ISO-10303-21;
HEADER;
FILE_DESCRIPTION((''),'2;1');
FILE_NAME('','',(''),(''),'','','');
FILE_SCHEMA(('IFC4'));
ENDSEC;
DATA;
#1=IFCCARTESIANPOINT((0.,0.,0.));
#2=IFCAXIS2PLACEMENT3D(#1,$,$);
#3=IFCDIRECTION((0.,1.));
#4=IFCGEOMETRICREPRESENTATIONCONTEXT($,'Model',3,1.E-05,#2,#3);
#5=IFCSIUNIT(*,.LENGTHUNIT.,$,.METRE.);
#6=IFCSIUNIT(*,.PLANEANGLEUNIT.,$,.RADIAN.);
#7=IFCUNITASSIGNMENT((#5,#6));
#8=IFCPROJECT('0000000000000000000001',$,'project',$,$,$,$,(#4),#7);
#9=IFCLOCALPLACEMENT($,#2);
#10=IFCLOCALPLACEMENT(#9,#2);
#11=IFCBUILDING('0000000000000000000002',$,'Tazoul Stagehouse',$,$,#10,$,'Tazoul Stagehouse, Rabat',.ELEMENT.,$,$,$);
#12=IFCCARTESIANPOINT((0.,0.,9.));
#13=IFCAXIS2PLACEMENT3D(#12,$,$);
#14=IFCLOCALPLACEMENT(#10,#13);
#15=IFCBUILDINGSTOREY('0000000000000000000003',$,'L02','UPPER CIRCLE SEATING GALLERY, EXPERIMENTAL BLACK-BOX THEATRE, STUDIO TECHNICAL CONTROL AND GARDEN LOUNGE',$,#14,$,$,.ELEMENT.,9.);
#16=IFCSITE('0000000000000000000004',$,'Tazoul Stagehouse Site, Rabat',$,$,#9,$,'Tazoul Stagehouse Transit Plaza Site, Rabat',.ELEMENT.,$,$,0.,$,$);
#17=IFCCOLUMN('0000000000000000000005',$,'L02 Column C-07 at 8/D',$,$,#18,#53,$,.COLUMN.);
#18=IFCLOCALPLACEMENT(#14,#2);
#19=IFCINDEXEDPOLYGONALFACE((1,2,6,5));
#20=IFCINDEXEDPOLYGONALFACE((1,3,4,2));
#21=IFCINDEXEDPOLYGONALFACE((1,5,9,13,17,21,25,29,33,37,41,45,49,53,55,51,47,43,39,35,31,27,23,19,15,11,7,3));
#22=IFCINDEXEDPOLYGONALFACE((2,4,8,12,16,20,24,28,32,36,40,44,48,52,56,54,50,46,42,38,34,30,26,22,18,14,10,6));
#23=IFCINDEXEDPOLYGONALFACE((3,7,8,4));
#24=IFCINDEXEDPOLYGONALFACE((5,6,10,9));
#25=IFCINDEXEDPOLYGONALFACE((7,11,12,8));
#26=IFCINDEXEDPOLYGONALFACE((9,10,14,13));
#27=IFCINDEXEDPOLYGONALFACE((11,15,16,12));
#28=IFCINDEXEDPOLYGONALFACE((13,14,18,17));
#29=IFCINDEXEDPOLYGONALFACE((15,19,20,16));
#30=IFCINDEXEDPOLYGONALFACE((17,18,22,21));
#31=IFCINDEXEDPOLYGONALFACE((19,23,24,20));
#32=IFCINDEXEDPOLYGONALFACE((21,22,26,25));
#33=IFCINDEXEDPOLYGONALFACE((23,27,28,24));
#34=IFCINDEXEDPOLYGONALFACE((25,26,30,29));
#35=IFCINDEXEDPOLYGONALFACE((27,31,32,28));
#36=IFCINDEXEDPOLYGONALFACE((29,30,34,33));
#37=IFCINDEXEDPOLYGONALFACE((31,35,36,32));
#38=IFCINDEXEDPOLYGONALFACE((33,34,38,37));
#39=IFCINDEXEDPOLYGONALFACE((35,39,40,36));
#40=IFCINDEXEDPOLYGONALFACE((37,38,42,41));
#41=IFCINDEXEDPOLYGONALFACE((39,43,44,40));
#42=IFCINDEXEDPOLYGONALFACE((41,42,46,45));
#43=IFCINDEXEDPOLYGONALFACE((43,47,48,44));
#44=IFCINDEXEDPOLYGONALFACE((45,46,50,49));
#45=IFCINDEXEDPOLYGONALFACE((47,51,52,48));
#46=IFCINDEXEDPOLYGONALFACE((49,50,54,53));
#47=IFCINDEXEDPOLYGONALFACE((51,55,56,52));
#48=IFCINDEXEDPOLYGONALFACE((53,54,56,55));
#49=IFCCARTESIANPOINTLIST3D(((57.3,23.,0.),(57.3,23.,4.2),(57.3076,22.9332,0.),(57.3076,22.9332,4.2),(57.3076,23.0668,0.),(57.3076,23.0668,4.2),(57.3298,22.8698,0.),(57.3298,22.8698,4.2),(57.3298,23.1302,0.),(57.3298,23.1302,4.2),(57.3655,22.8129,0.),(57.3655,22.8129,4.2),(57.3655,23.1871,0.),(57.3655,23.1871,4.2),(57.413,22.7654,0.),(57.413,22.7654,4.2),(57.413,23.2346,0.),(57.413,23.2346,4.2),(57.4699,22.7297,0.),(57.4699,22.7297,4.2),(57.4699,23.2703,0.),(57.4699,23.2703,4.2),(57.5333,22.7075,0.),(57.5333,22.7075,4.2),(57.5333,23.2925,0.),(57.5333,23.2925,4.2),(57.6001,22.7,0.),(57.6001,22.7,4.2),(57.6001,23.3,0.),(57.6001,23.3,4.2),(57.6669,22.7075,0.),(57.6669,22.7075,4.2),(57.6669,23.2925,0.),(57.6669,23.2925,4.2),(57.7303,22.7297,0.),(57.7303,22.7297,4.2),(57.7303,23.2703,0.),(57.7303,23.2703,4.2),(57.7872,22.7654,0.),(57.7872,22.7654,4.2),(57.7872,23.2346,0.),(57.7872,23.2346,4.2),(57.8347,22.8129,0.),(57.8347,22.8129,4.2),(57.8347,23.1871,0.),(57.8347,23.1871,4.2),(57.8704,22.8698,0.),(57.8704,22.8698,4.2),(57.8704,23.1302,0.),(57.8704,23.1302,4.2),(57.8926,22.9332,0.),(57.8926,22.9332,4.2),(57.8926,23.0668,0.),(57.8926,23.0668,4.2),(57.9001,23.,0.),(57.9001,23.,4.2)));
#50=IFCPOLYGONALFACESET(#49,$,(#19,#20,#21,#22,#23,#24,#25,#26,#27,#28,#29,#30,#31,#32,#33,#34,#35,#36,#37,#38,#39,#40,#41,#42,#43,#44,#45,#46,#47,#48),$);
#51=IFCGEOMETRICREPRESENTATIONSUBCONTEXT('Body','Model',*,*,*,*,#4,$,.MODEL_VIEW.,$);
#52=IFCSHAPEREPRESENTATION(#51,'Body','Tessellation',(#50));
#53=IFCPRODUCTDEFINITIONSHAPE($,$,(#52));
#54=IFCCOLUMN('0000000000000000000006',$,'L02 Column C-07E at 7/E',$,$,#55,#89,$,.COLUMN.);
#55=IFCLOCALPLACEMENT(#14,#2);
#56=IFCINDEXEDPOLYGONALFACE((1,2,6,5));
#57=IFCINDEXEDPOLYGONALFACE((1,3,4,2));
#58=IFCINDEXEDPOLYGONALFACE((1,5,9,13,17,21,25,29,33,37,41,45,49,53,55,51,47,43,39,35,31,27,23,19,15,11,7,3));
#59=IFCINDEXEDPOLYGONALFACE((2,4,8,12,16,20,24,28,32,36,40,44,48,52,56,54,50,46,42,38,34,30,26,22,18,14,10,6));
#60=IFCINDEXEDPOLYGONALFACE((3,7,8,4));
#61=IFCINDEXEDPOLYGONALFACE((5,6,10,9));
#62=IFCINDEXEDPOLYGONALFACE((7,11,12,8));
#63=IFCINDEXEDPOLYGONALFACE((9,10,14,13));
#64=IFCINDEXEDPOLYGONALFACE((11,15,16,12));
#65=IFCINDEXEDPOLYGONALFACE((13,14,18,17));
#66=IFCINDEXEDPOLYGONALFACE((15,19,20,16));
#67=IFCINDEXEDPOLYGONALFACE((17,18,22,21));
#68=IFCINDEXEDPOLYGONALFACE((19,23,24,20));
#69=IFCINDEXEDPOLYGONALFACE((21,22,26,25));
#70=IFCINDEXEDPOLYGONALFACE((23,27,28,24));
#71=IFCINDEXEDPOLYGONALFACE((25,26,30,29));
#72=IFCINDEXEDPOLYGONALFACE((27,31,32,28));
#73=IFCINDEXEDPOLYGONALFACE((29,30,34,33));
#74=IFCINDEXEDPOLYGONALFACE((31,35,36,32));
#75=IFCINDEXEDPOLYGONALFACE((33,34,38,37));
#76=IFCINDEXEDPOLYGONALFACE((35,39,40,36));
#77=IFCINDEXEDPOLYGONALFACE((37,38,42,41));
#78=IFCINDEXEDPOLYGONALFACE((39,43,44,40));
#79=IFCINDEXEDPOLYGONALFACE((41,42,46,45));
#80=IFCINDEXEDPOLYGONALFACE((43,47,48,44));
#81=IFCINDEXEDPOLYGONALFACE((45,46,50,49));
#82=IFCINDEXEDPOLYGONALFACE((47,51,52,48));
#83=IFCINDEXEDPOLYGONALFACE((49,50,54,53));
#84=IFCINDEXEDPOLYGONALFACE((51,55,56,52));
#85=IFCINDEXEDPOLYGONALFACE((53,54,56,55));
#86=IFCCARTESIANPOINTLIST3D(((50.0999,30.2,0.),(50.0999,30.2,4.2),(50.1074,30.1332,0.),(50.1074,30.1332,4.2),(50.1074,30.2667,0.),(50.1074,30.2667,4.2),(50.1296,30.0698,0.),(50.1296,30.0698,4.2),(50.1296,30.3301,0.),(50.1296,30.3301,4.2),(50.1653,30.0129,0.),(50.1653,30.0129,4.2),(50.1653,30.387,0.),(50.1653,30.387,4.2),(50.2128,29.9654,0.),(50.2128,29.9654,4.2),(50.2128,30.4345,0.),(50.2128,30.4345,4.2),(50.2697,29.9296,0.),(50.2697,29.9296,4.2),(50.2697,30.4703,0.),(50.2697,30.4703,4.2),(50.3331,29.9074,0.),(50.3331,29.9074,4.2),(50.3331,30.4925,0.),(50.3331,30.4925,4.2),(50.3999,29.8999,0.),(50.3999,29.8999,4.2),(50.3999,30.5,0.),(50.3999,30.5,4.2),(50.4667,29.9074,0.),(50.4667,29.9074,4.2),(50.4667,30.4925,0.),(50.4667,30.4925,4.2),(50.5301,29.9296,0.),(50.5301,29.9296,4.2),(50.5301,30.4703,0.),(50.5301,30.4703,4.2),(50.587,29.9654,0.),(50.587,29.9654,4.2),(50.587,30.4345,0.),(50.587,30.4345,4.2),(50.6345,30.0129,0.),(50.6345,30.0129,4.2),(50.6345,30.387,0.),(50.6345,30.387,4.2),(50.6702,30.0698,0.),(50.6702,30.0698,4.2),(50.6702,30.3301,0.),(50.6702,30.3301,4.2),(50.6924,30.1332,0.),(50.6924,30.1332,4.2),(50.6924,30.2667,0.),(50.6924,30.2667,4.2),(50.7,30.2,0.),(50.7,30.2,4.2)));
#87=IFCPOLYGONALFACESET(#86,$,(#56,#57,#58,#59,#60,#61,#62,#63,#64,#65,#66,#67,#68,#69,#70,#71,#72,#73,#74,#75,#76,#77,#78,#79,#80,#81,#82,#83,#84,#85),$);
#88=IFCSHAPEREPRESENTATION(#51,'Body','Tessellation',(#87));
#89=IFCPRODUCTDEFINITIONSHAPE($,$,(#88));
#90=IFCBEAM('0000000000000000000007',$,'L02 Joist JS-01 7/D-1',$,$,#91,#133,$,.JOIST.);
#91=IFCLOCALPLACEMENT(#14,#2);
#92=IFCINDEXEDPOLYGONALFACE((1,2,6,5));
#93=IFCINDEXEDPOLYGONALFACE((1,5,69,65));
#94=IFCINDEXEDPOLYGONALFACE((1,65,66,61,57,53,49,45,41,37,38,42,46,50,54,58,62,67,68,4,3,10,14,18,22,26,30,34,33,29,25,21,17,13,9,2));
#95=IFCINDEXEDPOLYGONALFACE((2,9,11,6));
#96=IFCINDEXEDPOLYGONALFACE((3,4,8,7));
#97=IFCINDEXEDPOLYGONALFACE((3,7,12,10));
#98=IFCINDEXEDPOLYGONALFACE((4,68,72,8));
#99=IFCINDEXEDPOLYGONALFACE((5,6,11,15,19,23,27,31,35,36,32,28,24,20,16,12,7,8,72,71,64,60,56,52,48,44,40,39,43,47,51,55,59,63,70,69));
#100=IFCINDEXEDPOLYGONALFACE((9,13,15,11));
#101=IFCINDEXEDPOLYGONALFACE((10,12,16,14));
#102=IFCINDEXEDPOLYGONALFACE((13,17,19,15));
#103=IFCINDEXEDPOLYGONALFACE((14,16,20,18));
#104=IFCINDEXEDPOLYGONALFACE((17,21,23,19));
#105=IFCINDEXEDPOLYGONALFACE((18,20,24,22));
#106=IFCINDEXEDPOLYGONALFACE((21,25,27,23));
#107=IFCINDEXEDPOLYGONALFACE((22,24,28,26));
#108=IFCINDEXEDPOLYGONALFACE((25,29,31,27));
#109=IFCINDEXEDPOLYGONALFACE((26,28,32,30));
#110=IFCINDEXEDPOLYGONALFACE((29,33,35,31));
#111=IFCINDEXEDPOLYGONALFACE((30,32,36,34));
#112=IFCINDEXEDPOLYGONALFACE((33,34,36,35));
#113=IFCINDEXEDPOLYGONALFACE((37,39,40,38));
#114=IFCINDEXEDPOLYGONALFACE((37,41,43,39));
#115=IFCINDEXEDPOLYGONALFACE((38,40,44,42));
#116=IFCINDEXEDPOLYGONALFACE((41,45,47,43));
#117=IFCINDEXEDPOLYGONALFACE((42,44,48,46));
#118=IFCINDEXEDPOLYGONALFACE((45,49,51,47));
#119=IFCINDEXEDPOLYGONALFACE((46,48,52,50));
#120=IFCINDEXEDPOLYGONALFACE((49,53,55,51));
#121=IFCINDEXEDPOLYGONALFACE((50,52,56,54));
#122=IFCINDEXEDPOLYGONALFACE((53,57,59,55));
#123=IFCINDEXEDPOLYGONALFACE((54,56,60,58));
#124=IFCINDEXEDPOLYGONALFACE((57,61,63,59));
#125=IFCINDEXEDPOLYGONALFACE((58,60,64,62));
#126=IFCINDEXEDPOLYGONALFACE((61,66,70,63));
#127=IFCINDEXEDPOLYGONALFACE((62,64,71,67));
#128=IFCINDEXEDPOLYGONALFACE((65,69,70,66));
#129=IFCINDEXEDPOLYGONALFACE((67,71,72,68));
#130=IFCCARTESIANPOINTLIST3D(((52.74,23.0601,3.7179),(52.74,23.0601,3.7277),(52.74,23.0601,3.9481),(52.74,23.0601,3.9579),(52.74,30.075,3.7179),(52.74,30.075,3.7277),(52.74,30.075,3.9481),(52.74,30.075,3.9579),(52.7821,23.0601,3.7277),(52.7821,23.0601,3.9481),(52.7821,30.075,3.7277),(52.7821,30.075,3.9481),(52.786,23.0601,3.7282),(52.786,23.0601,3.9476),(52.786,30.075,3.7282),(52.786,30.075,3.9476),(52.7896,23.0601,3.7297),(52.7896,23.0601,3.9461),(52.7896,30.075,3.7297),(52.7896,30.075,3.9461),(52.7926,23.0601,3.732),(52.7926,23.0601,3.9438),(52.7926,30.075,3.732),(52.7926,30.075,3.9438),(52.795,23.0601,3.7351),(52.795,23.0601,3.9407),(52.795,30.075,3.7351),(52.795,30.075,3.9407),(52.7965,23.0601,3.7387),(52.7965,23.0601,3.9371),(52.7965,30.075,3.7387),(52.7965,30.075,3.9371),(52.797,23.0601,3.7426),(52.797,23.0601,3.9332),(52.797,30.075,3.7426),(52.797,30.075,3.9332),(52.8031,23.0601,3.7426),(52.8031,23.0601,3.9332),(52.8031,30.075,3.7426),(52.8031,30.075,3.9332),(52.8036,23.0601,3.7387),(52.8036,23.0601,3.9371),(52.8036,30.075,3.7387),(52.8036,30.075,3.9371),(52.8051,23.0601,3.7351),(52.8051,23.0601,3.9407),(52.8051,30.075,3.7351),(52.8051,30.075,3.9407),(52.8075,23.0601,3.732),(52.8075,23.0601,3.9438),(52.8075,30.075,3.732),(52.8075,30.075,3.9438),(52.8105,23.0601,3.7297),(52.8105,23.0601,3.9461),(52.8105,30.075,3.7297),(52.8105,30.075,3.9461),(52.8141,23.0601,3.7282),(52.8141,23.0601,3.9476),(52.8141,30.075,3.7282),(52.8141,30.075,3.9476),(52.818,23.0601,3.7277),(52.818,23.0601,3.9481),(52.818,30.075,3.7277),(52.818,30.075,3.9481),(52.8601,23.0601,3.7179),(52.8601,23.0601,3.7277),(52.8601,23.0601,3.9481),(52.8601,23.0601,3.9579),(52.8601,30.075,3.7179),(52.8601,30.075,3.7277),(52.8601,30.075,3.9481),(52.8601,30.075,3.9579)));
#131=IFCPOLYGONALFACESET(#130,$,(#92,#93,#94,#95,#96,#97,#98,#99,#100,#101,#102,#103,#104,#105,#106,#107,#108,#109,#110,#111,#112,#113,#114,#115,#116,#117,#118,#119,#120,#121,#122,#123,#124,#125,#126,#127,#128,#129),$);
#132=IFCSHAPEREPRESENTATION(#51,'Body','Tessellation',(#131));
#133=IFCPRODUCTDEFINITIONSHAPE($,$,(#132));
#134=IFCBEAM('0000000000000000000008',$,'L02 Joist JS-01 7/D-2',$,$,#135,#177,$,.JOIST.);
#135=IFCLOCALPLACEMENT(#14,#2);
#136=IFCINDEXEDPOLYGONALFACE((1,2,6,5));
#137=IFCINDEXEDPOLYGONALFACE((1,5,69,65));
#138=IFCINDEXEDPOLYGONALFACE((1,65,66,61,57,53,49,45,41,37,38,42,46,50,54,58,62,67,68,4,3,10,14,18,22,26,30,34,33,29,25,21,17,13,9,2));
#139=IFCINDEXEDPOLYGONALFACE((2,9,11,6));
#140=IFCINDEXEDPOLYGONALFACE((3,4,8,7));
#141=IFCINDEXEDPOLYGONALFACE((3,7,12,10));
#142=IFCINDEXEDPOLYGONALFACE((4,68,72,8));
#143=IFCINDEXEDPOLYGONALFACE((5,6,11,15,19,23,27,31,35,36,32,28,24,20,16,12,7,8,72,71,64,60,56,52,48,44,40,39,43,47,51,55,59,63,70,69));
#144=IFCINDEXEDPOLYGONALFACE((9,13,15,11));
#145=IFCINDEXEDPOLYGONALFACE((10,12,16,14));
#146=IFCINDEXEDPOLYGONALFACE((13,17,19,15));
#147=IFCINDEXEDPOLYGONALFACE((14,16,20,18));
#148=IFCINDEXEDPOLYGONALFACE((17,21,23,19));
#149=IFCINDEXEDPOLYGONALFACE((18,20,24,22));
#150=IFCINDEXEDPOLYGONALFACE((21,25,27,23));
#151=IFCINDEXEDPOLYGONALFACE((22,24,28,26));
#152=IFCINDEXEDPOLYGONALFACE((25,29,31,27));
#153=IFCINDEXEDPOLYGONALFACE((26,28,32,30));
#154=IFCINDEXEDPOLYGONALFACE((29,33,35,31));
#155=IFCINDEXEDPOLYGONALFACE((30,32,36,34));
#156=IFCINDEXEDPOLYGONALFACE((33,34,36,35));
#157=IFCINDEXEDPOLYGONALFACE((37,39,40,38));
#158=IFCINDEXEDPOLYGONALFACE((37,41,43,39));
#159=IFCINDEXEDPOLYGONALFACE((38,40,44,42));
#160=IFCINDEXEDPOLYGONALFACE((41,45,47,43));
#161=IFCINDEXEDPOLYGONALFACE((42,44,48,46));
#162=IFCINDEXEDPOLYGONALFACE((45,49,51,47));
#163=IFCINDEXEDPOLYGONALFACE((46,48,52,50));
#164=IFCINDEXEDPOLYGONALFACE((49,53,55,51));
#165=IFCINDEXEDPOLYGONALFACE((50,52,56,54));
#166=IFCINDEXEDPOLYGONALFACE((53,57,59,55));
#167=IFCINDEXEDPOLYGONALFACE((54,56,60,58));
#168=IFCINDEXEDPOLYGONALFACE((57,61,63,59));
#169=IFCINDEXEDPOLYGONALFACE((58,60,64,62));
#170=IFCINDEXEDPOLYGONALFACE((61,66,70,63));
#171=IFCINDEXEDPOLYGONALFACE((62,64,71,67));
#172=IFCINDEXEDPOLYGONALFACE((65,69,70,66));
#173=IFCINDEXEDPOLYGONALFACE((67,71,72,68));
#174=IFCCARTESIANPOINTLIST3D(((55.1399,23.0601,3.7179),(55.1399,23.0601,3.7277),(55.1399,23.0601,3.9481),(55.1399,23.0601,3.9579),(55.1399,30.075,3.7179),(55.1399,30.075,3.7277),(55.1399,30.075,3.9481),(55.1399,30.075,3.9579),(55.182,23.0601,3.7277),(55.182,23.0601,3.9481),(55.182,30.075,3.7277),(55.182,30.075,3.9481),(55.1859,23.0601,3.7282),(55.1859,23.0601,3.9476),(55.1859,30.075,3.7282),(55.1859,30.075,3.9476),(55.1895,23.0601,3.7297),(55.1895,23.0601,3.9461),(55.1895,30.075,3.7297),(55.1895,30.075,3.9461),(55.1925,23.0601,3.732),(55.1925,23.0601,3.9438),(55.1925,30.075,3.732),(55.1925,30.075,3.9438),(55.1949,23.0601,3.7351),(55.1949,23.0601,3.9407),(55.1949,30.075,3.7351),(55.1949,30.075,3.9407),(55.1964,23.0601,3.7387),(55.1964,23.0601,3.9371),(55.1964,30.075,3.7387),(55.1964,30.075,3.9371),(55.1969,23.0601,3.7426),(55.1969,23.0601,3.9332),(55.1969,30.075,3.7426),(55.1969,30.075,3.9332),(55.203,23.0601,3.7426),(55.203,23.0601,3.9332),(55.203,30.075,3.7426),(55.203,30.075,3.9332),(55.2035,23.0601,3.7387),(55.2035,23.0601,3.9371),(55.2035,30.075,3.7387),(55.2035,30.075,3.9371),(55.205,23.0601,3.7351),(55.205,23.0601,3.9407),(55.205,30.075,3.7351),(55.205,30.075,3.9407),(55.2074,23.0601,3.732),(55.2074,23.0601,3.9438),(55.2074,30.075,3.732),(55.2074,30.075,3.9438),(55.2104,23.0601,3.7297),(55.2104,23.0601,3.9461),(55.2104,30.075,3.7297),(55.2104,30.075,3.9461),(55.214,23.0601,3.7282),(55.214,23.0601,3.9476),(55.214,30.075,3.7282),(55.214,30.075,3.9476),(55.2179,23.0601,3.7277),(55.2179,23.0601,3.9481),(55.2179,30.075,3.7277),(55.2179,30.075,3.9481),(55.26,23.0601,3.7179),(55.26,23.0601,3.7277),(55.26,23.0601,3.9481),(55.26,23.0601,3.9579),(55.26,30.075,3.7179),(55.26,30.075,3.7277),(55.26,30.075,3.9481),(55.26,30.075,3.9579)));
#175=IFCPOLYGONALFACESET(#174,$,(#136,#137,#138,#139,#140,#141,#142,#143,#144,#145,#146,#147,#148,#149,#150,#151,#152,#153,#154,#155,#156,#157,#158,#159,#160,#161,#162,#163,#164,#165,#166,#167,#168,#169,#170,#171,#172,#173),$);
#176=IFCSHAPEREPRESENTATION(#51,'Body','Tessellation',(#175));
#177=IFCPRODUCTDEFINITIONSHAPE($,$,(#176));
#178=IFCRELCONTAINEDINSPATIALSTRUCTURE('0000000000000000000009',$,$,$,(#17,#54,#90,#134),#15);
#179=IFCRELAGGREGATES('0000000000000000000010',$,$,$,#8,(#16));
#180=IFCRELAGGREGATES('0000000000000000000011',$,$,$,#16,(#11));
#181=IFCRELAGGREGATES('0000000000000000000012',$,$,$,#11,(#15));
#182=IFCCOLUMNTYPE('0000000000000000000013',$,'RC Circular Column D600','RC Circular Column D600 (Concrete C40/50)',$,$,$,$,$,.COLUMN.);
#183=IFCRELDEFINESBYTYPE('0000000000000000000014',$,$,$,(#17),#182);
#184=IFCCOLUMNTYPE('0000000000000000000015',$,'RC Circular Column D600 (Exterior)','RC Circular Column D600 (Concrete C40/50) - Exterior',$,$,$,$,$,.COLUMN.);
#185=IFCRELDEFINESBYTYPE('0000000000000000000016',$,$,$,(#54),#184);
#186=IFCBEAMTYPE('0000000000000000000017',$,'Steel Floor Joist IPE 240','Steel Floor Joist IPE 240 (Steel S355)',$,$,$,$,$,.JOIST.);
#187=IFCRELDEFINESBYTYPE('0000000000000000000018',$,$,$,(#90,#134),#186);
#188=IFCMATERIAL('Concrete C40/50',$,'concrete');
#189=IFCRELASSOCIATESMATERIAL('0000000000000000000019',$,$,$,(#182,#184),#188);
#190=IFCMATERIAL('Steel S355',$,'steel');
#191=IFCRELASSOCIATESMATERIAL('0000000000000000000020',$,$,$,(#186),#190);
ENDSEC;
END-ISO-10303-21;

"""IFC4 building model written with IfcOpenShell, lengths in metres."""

from ifc_helpers import new_model, si_unit, direction, frame, origin, origin_2d, place, context, subcontext, project, spatial, circle, i_section, extrude, material, material_profile, profile_set, type_object, element, save


model = new_model("IFC4")

# Units and contexts
model_context = context("Model", 3, precision=1e-05, world=origin(), true_north=direction((0.0, 1.0)))
body_context = subcontext(model_context, "Body", "Model", "MODEL_VIEW")
ifc_project = project(units=[si_unit("LENGTHUNIT", "METRE"), si_unit("PLANEANGLEUNIT", "RADIAN")], contexts=[model_context])

# Site, building, storey
site_placement = place(None, origin())
site = spatial("IfcSite", under=ifc_project, at=site_placement, Name="Tazoul Stagehouse Site, Rabat", LongName="Tazoul Stagehouse Transit Plaza Site, Rabat", CompositionType="ELEMENT", RefElevation=0.0)
building_placement = place(site_placement, origin())
building = spatial("IfcBuilding", under=site, at=building_placement, Name="Tazoul Stagehouse", LongName="Tazoul Stagehouse, Rabat", CompositionType="ELEMENT")
storey_placement = place(building_placement, frame((0.0, 0.0, 9.0)))
storey = spatial("IfcBuildingStorey", under=building, at=storey_placement, Name="L02", Description="UPPER CIRCLE SEATING GALLERY, EXPERIMENTAL BLACK-BOX THEATRE, STUDIO TECHNICAL CONTROL AND GARDEN LOUNGE", CompositionType="ELEMENT", Elevation=9.0)

# Columns
ifc_material_1 = material(Name="Concrete C40/50", Category="concrete")
ifc_material_profile_1 = material_profile(ifc_material_1, circle(Radius=0.3, at=origin_2d()), Name="RC D600")
ifc_profile_set_1 = profile_set([ifc_material_profile_1], Name="Concrete C40/50")
column_type_1 = type_object("IfcColumnType", Name="RC Circular Column D600", Description="RC Circular Column D600 (Concrete C40/50)", PredefinedType="COLUMN", material=ifc_profile_set_1)
column_1_placement = place(storey_placement, frame((57.6001, 23.0, 0.0), z_axis=(0.0, 0.0, 1.0), x_axis=(1.0, 0.0, 0.0)))
element("IfcColumn", 1, at=column_1_placement, inside=storey, type_object=column_type_1, Name="L02 Column C-07 at 8/D", PredefinedType="COLUMN", context=body_context, shape_type="SweptSolid", body=[
    extrude(circle(Radius=0.3, at=origin_2d()), origin(), (0.0, 0.0, 1.0), 4.2),
])
ifc_material_profile_2 = material_profile(ifc_material_1, circle(Radius=0.3, at=origin_2d()), Name="RC D600")
ifc_profile_set_2 = profile_set([ifc_material_profile_2], Name="Concrete C40/50")
column_type_2 = type_object("IfcColumnType", Name="RC Circular Column D600 (Exterior)", Description="RC Circular Column D600 (Concrete C40/50) - Exterior", PredefinedType="COLUMN", material=ifc_profile_set_2)
column_2_placement = place(storey_placement, frame((50.3999, 30.2, 0.0), z_axis=(0.0, 0.0, 1.0), x_axis=(1.0, 0.0, 0.0)))
element("IfcColumn", 2, at=column_2_placement, inside=storey, type_object=column_type_2, Name="L02 Column C-07E at 7/E", PredefinedType="COLUMN", context=body_context, shape_type="SweptSolid", body=[
    extrude(circle(Radius=0.3, at=origin_2d()), origin(), (0.0, 0.0, 1.0), 4.2),
])

# Beams
ifc_material_2 = material(Name="Steel S355", Category="steel")
ifc_material_profile_3 = material_profile(ifc_material_2, i_section(OverallWidth=0.1201, OverallDepth=0.24, WebThickness=0.0061, FlangeThickness=0.0098, FilletRadius=0.0149, at=origin_2d()), Name="IPE 240")
ifc_profile_set_3 = profile_set([ifc_material_profile_3], Name="Steel S355")
beam_type_1 = type_object("IfcBeamType", Name="Steel Floor Joist IPE 240", Description="Steel Floor Joist IPE 240 (Steel S355)", PredefinedType="JOIST", material=ifc_profile_set_3)
for number, where, z_axis, x_axis, name in (
    (3, (52.8, 23.0601, 3.8379), (0.0, 1.0, 0.0), (-1.0, 0.0, 0.0), "L02 Joist JS-01 7/D-1"),
    (4, (55.2, 23.0601, 3.8379), (0.0, 1.0, 0.0), (-1.0, 0.0, 0.0), "L02 Joist JS-01 7/D-2"),
):
    element("IfcBeam", number, at=place(storey_placement, frame(where, z_axis=z_axis, x_axis=x_axis)), inside=storey, type_object=beam_type_1, Name=name, PredefinedType="JOIST", context=body_context, shape_type="SweptSolid", body=[
        extrude(i_section(OverallWidth=0.1201, OverallDepth=0.24, WebThickness=0.0061, FlangeThickness=0.0098, FilletRadius=0.0149, at=origin_2d()), origin(), (0.0, 0.0, 1.0), 7.0149),
    ])

save(model, "model.ifc")
